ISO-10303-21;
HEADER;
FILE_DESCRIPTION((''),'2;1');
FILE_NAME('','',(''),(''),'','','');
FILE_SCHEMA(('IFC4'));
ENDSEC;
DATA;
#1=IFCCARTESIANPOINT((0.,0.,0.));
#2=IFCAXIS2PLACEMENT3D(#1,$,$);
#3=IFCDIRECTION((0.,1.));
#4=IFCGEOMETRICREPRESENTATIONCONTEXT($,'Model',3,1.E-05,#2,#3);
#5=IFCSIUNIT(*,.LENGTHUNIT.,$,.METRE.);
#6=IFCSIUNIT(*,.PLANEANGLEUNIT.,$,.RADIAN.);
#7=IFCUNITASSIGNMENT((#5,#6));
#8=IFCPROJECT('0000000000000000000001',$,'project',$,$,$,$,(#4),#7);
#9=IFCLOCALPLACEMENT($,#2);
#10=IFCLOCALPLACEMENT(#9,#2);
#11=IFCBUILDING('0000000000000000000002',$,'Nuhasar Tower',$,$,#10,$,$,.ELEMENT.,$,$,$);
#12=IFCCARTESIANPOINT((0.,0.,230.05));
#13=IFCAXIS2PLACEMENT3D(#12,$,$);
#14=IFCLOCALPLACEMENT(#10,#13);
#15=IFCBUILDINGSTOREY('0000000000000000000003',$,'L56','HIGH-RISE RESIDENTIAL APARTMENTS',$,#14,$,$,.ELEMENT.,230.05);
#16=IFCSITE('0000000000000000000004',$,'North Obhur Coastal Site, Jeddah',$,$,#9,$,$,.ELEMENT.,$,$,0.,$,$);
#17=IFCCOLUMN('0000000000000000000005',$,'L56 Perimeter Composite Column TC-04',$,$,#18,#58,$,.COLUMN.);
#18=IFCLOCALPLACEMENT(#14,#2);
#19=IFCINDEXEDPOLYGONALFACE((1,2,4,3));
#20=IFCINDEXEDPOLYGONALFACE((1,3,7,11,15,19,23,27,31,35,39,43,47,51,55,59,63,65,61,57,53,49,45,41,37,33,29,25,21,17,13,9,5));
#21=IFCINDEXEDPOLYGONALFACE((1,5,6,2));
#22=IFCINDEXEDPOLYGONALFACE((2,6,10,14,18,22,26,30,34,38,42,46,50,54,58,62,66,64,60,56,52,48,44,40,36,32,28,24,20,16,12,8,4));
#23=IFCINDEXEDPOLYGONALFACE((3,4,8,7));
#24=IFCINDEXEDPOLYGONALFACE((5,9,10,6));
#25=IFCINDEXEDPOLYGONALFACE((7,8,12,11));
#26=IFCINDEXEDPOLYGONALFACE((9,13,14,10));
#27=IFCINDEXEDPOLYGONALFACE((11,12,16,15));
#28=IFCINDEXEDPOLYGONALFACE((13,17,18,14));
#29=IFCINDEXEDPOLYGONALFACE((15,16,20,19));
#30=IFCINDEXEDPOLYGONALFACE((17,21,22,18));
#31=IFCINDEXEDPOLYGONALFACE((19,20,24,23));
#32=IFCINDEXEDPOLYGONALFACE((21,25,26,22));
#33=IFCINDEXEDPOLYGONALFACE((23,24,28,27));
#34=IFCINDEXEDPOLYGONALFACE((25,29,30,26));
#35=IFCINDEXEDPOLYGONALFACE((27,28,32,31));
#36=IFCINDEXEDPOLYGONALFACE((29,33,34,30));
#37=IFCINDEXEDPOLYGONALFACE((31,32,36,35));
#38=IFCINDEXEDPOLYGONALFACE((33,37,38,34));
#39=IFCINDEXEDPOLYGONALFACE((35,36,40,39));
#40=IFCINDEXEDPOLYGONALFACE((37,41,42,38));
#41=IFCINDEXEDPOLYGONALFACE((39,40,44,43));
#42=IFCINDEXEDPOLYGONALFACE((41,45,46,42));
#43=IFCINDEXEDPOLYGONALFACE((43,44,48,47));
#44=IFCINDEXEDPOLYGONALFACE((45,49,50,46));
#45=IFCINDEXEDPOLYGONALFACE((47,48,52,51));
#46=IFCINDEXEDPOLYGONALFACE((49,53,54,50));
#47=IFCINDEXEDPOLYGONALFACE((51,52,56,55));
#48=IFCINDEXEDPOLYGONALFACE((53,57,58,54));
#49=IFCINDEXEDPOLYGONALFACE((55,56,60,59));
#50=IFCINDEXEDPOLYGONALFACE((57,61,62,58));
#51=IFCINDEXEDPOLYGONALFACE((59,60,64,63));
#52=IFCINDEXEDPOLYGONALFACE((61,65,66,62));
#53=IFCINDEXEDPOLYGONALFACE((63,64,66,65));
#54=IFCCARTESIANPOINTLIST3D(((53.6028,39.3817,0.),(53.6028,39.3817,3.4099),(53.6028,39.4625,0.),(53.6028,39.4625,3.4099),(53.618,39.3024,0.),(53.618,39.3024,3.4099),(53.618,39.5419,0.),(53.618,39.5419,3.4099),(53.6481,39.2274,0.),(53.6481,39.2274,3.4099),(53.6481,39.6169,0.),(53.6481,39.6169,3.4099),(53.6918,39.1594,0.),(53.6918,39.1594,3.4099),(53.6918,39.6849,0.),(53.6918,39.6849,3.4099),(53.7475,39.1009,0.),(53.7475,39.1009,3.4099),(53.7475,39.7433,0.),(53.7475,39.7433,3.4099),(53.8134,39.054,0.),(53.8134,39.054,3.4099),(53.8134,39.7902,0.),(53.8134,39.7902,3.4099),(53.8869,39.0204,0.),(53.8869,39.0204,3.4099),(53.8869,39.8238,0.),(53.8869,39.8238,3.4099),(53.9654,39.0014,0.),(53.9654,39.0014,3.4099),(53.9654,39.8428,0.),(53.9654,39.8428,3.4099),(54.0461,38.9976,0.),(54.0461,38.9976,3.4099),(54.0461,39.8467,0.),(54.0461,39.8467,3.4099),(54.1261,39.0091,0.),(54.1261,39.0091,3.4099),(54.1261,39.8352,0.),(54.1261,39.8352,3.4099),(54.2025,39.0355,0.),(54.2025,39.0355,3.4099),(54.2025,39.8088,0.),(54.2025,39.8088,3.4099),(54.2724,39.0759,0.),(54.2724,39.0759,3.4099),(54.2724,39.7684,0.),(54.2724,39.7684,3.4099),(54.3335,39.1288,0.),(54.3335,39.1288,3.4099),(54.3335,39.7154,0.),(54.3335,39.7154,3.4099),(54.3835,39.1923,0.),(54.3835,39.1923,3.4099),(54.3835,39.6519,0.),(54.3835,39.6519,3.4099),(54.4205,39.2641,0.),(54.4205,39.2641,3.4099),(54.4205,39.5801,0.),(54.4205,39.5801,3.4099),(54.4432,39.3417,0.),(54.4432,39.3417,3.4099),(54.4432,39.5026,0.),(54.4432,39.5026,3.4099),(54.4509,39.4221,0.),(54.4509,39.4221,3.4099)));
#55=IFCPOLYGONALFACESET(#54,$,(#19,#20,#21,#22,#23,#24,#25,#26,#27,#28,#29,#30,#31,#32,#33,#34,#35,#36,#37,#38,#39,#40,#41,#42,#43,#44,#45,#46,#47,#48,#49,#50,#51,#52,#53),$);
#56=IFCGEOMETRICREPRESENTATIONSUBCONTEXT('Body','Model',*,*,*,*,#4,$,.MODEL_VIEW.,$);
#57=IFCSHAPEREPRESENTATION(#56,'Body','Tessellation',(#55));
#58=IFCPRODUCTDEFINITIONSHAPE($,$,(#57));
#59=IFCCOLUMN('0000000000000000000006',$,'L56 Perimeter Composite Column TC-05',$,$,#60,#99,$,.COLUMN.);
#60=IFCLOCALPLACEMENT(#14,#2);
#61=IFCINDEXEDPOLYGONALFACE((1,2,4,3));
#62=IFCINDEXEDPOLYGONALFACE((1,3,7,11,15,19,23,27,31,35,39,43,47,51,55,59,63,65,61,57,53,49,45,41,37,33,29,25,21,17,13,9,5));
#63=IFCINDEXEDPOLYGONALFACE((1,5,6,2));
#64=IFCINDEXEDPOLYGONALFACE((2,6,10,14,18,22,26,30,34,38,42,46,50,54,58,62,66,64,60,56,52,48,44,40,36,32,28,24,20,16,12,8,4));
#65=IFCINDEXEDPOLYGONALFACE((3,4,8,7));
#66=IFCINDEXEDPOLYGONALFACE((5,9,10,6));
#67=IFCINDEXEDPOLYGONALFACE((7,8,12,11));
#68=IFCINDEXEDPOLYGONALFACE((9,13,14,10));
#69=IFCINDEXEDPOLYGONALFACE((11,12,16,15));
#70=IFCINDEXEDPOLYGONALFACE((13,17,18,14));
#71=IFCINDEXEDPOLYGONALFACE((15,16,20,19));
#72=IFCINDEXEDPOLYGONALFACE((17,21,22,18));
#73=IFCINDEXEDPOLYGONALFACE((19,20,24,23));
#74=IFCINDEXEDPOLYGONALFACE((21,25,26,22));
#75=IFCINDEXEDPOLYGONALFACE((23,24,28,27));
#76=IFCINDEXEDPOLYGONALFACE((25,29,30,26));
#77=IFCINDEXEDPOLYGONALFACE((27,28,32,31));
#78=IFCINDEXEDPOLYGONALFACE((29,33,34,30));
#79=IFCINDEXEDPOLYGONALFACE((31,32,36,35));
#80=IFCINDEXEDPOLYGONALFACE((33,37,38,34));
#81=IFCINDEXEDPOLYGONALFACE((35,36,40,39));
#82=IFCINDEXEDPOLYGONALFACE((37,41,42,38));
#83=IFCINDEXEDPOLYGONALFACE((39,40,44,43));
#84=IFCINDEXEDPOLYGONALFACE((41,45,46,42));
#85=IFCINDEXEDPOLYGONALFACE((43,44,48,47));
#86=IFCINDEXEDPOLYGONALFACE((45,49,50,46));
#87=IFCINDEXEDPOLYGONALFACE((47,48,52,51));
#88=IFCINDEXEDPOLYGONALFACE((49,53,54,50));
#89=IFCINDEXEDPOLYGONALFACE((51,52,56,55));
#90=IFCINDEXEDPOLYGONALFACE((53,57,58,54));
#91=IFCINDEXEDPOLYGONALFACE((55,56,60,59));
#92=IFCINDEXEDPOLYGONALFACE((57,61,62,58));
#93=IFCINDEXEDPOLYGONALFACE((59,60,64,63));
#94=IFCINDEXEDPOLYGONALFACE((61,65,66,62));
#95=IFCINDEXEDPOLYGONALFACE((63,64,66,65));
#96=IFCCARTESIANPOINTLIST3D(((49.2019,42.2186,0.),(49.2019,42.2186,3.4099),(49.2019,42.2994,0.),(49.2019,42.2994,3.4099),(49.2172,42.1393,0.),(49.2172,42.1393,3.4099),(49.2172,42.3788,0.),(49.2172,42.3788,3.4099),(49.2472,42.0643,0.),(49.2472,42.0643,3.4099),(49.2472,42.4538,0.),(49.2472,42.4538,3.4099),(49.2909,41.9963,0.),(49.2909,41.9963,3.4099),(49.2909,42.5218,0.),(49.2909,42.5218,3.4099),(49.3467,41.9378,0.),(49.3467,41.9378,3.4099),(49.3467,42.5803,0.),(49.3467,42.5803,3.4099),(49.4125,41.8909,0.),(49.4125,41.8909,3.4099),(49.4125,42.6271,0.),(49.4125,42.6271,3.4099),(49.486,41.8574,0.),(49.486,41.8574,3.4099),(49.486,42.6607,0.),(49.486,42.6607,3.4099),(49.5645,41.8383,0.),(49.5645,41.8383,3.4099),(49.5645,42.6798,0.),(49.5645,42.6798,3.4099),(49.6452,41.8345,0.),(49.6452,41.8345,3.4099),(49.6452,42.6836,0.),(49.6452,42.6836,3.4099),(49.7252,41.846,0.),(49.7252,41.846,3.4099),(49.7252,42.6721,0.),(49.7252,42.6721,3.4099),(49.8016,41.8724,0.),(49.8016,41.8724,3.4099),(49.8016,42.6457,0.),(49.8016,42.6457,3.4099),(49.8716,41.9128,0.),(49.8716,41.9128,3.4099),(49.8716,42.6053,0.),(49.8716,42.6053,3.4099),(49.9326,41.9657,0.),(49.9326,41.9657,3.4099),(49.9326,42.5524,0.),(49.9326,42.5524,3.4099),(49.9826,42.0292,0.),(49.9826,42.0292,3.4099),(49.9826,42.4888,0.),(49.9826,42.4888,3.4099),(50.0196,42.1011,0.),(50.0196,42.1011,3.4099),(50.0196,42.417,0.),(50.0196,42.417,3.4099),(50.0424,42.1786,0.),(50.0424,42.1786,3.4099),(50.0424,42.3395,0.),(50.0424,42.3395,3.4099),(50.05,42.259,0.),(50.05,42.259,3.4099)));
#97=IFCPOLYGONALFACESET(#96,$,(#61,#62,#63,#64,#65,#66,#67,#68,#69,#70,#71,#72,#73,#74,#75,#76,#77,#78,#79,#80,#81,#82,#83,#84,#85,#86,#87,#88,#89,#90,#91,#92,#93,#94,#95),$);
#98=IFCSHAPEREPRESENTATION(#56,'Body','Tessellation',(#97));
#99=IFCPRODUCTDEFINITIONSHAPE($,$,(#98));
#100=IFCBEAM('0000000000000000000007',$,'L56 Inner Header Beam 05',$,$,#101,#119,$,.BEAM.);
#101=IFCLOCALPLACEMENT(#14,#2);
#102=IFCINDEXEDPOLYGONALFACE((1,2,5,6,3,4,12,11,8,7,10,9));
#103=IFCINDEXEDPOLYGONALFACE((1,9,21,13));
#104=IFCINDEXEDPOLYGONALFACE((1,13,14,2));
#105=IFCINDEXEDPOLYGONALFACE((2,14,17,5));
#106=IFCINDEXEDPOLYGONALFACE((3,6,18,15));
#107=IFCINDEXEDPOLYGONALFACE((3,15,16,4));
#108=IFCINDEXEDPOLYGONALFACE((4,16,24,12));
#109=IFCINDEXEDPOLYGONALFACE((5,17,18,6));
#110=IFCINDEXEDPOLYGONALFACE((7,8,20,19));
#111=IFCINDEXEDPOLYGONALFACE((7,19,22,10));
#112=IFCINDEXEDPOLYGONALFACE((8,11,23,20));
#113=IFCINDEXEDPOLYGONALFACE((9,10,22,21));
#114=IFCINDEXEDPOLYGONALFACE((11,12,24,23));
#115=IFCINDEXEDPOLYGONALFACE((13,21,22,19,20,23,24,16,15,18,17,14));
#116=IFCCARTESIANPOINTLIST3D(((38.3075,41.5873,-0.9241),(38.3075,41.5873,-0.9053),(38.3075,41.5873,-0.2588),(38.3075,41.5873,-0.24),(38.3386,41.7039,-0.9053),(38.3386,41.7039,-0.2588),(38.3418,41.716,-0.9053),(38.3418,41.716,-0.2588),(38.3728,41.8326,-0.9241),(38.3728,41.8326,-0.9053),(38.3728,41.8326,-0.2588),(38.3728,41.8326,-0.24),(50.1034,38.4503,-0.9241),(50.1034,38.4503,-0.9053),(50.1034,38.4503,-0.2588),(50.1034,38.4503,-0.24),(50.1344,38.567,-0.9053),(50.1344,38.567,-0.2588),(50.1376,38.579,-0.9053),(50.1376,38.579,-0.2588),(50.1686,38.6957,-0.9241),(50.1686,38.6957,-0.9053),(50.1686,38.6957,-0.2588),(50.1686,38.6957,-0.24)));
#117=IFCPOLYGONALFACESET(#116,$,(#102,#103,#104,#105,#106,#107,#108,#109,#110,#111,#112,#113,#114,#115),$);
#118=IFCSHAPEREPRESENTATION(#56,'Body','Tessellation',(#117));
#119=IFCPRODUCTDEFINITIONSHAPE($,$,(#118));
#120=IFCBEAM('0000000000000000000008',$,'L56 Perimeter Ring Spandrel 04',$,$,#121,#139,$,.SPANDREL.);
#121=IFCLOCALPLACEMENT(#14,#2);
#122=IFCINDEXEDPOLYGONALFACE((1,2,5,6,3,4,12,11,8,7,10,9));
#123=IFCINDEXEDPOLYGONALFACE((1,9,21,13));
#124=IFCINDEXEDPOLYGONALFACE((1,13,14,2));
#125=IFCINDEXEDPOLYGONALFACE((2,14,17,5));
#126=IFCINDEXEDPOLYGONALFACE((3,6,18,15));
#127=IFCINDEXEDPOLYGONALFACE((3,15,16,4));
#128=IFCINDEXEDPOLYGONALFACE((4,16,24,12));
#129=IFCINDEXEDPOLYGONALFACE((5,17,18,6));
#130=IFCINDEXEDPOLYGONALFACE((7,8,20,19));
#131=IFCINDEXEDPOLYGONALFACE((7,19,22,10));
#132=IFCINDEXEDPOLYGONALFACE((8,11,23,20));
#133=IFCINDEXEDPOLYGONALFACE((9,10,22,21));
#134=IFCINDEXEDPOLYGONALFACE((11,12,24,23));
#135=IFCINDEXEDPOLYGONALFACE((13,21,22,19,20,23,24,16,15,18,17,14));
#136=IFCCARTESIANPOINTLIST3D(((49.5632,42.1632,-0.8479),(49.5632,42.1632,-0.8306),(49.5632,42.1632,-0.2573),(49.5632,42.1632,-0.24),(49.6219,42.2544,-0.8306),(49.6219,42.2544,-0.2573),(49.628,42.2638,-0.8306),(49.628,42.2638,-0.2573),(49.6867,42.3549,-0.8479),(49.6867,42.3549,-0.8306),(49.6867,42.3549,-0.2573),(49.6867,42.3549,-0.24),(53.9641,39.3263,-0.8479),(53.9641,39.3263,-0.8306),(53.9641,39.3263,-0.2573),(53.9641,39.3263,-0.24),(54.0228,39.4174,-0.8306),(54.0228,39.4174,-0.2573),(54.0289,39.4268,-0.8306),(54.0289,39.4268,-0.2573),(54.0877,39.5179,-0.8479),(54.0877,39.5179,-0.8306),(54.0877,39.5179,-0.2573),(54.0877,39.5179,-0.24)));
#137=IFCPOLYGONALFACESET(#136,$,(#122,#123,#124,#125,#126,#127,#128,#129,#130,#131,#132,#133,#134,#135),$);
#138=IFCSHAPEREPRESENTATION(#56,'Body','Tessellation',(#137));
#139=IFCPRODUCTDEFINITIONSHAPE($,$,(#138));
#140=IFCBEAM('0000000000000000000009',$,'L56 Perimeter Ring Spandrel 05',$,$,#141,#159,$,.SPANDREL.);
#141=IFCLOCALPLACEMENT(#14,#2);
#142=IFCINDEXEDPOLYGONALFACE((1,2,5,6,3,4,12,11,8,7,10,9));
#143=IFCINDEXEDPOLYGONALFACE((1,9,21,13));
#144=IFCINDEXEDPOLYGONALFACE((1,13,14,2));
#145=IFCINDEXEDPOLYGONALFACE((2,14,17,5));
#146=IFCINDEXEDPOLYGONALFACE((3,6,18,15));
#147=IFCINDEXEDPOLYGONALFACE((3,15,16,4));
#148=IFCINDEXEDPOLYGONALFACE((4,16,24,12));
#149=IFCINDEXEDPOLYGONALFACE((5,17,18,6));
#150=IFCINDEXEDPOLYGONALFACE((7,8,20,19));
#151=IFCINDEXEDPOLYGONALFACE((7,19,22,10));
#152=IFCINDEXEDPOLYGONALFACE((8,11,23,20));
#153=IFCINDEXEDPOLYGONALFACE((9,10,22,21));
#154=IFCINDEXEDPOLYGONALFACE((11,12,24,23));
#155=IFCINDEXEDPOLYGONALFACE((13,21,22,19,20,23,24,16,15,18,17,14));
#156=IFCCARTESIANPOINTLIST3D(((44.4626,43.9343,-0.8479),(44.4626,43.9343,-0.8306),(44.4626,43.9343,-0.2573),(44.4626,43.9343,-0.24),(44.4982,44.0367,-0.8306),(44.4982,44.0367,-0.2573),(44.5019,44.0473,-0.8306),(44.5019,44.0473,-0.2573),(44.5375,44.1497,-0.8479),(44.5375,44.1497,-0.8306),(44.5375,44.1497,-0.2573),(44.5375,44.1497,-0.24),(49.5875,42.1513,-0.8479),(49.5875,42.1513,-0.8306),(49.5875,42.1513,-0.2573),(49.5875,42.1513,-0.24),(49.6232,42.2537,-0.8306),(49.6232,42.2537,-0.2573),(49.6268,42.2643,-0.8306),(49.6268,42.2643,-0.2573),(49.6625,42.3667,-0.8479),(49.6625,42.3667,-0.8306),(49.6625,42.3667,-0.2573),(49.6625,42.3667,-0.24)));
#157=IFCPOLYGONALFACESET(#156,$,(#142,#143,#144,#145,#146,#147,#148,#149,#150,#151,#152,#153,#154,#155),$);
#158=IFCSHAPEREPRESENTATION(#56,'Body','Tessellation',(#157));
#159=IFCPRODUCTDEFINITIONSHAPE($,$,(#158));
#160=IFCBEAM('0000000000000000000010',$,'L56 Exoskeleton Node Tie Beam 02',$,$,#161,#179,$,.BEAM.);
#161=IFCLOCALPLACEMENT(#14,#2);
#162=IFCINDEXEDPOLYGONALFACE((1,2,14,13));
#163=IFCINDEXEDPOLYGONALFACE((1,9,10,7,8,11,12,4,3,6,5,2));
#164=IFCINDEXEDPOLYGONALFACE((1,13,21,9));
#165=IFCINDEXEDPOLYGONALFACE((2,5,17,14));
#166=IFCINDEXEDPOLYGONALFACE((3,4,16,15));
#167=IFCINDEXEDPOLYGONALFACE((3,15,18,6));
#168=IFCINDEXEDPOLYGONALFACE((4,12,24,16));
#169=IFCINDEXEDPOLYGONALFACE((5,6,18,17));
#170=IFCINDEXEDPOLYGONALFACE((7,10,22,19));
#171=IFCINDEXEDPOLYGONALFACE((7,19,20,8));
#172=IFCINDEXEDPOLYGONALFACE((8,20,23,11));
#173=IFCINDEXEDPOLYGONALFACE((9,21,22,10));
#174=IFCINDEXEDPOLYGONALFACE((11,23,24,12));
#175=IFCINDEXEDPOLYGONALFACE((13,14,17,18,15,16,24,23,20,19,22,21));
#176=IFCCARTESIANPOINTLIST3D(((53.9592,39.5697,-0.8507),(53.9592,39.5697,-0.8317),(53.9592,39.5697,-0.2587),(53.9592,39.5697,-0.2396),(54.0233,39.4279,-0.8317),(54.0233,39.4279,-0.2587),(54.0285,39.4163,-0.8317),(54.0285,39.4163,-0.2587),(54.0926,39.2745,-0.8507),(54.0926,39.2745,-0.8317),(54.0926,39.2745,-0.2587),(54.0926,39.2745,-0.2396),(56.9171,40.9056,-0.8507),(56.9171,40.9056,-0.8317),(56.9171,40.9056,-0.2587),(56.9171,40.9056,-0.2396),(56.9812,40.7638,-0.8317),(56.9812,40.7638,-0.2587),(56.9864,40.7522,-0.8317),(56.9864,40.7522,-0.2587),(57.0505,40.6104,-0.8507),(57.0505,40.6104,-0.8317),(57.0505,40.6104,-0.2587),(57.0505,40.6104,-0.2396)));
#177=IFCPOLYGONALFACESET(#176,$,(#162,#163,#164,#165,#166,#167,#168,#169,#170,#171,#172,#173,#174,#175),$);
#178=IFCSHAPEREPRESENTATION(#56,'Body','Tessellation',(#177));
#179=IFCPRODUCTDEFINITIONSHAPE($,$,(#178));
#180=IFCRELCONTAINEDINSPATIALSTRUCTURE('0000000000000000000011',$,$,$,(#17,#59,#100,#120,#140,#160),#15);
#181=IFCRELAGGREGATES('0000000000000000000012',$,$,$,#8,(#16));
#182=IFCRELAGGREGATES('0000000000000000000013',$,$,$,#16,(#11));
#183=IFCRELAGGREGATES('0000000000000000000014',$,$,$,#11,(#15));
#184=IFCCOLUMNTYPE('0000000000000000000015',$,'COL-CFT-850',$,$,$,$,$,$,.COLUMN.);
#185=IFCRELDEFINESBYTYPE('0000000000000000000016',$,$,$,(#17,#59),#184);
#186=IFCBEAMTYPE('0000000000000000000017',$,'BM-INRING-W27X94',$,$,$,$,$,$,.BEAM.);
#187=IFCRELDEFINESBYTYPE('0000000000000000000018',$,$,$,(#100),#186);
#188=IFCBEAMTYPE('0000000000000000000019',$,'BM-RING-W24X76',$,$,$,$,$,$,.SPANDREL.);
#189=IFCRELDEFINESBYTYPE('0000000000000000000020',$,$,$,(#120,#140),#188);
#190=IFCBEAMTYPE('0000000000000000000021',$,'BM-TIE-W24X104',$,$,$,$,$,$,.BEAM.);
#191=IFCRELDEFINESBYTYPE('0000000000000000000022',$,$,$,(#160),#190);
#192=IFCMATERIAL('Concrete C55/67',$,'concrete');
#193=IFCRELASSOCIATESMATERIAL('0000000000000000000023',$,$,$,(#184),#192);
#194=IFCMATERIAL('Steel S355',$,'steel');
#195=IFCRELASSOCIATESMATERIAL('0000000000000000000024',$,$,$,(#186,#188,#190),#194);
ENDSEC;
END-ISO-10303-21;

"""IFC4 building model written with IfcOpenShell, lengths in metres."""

from ifc_helpers import new_model, si_unit, direction, frame, origin, origin_2d, place, context, subcontext, project, spatial, circle, i_section, extrude, material, material_profile, profile_set, type_object, element, save


model = new_model("IFC4")

# Units and contexts
model_context = context("Model", 3, precision=1e-05, world=origin(), true_north=direction((0.0, 1.0)))
body_context = subcontext(model_context, "Body", "Model", "MODEL_VIEW")
ifc_project = project(units=[si_unit("LENGTHUNIT", "METRE"), si_unit("PLANEANGLEUNIT", "RADIAN")], contexts=[model_context])

# Site, building, storey
site_placement = place(None, origin())
site = spatial("IfcSite", under=ifc_project, at=site_placement, Name="North Obhur Coastal Site, Jeddah", CompositionType="ELEMENT", RefElevation=0.0)
building_placement = place(site_placement, origin())
building = spatial("IfcBuilding", under=site, at=building_placement, Name="Nuhasar Tower", CompositionType="ELEMENT")
storey_placement = place(building_placement, frame((0.0, 0.0, 230.05)))
storey = spatial("IfcBuildingStorey", under=building, at=storey_placement, Name="L56", Description="HIGH-RISE RESIDENTIAL APARTMENTS", CompositionType="ELEMENT", Elevation=230.05)

# Columns
ifc_material_1 = material(Name="Concrete C55/67", Category="concrete")
ifc_material_profile_1 = material_profile(ifc_material_1, circle(Radius=0.425, at=origin_2d()), Name="CFT850")
ifc_profile_set_1 = profile_set([ifc_material_profile_1], Name="Concrete C55/67")
column_type = type_object("IfcColumnType", Name="COL-CFT-850", PredefinedType="COLUMN", material=ifc_profile_set_1)
for number, where, z_axis, x_axis, name in (
    (1, (54.0259, 39.4221, 0.0), (0.0, 0.0, 1.0), (1.0, 0.0, 0.0), "L56 Perimeter Composite Column TC-04"),
    (2, (49.625, 42.259, 0.0), (0.0, 0.0, 1.0), (1.0, 0.0, 0.0), "L56 Perimeter Composite Column TC-05"),
):
    element("IfcColumn", number, at=place(storey_placement, frame(where, z_axis=z_axis, x_axis=x_axis)), inside=storey, type_object=column_type, Name=name, PredefinedType="COLUMN", context=body_context, shape_type="SweptSolid", body=[
        extrude(circle(Radius=0.425, at=origin_2d()), origin(), (0.0, 0.0, 1.0), 3.4099),
    ])

# Beams
ifc_material_2 = material(Name="Steel S355", Category="steel")
ifc_material_profile_2 = material_profile(ifc_material_2, i_section(OverallWidth=0.2539, OverallDepth=0.6841, WebThickness=0.0125, FlangeThickness=0.0188, at=origin_2d()), Name="W27X94")
ifc_profile_set_2 = profile_set([ifc_material_profile_2], Name="Steel S355")
beam_type_1 = type_object("IfcBeamType", Name="BM-INRING-W27X94", PredefinedType="BEAM", material=ifc_profile_set_2)
beam_1_placement = place(storey_placement, frame((50.136, 38.573, -0.582), z_axis=(-0.96641, 0.257004, 0.0), x_axis=(-0.257004, -0.96641, 0.0)))
element("IfcBeam", 3, at=beam_1_placement, inside=storey, type_object=beam_type_1, Name="L56 Inner Header Beam 05", PredefinedType="BEAM", context=body_context, shape_type="SweptSolid", body=[
    extrude(i_section(OverallWidth=0.2539, OverallDepth=0.6841, WebThickness=0.0125, FlangeThickness=0.0188, at=origin_2d()), origin(), (0.0, 0.0, 1.0), 12.2058),
])
ifc_material_profile_3 = material_profile(ifc_material_2, i_section(OverallWidth=0.228, OverallDepth=0.6079, WebThickness=0.0112, FlangeThickness=0.0173, at=origin_2d()), Name="W24X76")
ifc_profile_set_3 = profile_set([ifc_material_profile_3], Name="Steel S355")
beam_type_2 = type_object("IfcBeamType", Name="BM-RING-W24X76", PredefinedType="SPANDREL", material=ifc_profile_set_3)
beam_2_placement = place(storey_placement, frame((54.0259, 39.4221, -0.5439), z_axis=(-0.840502, 0.541808, 0.0), x_axis=(-0.541808, -0.840502, 0.0)))
element("IfcBeam", 4, at=beam_2_placement, inside=storey, type_object=beam_type_2, Name="L56 Perimeter Ring Spandrel 04", PredefinedType="SPANDREL", context=body_context, shape_type="SweptSolid", body=[
    extrude(i_section(OverallWidth=0.228, OverallDepth=0.6079, WebThickness=0.0112, FlangeThickness=0.0173, at=origin_2d()), origin(), (0.0, 0.0, 1.0), 5.2361),
])
beam_3_placement = place(storey_placement, frame((49.625, 42.259, -0.5439), z_axis=(-0.944477, 0.328578, 0.0), x_axis=(-0.328578, -0.944477, 0.0)))
element("IfcBeam", 5, at=beam_3_placement, inside=storey, type_object=beam_type_2, Name="L56 Perimeter Ring Spandrel 05", PredefinedType="SPANDREL", context=body_context, shape_type="SweptSolid", body=[
    extrude(i_section(OverallWidth=0.228, OverallDepth=0.6079, WebThickness=0.0112, FlangeThickness=0.0173, at=origin_2d()), origin(), (0.0, 0.0, 1.0), 5.4263),
])
ifc_material_profile_4 = material_profile(ifc_material_2, i_section(OverallWidth=0.324, OverallDepth=0.6111, WebThickness=0.0127, FlangeThickness=0.019, at=origin_2d()), Name="W24X104")
ifc_profile_set_4 = profile_set([ifc_material_profile_4], Name="Steel S355")
beam_type_3 = type_object("IfcBeamType", Name="BM-TIE-W24X104", PredefinedType="BEAM", material=ifc_profile_set_4)
beam_4_placement = place(storey_placement, frame((54.0259, 39.4221, -0.5452), z_axis=(0.911363, 0.411603, 0.0), x_axis=(-0.411603, 0.911363, 0.0)))
element("IfcBeam", 6, at=beam_4_placement, inside=storey, type_object=beam_type_3, Name="L56 Exoskeleton Node Tie Beam 02", PredefinedType="BEAM", context=body_context, shape_type="SweptSolid", body=[
    extrude(i_section(OverallWidth=0.324, OverallDepth=0.6111, WebThickness=0.0127, FlangeThickness=0.019, at=origin_2d()), origin(), (0.0, 0.0, 1.0), 3.2456),
])

save(model, "model.ifc")
